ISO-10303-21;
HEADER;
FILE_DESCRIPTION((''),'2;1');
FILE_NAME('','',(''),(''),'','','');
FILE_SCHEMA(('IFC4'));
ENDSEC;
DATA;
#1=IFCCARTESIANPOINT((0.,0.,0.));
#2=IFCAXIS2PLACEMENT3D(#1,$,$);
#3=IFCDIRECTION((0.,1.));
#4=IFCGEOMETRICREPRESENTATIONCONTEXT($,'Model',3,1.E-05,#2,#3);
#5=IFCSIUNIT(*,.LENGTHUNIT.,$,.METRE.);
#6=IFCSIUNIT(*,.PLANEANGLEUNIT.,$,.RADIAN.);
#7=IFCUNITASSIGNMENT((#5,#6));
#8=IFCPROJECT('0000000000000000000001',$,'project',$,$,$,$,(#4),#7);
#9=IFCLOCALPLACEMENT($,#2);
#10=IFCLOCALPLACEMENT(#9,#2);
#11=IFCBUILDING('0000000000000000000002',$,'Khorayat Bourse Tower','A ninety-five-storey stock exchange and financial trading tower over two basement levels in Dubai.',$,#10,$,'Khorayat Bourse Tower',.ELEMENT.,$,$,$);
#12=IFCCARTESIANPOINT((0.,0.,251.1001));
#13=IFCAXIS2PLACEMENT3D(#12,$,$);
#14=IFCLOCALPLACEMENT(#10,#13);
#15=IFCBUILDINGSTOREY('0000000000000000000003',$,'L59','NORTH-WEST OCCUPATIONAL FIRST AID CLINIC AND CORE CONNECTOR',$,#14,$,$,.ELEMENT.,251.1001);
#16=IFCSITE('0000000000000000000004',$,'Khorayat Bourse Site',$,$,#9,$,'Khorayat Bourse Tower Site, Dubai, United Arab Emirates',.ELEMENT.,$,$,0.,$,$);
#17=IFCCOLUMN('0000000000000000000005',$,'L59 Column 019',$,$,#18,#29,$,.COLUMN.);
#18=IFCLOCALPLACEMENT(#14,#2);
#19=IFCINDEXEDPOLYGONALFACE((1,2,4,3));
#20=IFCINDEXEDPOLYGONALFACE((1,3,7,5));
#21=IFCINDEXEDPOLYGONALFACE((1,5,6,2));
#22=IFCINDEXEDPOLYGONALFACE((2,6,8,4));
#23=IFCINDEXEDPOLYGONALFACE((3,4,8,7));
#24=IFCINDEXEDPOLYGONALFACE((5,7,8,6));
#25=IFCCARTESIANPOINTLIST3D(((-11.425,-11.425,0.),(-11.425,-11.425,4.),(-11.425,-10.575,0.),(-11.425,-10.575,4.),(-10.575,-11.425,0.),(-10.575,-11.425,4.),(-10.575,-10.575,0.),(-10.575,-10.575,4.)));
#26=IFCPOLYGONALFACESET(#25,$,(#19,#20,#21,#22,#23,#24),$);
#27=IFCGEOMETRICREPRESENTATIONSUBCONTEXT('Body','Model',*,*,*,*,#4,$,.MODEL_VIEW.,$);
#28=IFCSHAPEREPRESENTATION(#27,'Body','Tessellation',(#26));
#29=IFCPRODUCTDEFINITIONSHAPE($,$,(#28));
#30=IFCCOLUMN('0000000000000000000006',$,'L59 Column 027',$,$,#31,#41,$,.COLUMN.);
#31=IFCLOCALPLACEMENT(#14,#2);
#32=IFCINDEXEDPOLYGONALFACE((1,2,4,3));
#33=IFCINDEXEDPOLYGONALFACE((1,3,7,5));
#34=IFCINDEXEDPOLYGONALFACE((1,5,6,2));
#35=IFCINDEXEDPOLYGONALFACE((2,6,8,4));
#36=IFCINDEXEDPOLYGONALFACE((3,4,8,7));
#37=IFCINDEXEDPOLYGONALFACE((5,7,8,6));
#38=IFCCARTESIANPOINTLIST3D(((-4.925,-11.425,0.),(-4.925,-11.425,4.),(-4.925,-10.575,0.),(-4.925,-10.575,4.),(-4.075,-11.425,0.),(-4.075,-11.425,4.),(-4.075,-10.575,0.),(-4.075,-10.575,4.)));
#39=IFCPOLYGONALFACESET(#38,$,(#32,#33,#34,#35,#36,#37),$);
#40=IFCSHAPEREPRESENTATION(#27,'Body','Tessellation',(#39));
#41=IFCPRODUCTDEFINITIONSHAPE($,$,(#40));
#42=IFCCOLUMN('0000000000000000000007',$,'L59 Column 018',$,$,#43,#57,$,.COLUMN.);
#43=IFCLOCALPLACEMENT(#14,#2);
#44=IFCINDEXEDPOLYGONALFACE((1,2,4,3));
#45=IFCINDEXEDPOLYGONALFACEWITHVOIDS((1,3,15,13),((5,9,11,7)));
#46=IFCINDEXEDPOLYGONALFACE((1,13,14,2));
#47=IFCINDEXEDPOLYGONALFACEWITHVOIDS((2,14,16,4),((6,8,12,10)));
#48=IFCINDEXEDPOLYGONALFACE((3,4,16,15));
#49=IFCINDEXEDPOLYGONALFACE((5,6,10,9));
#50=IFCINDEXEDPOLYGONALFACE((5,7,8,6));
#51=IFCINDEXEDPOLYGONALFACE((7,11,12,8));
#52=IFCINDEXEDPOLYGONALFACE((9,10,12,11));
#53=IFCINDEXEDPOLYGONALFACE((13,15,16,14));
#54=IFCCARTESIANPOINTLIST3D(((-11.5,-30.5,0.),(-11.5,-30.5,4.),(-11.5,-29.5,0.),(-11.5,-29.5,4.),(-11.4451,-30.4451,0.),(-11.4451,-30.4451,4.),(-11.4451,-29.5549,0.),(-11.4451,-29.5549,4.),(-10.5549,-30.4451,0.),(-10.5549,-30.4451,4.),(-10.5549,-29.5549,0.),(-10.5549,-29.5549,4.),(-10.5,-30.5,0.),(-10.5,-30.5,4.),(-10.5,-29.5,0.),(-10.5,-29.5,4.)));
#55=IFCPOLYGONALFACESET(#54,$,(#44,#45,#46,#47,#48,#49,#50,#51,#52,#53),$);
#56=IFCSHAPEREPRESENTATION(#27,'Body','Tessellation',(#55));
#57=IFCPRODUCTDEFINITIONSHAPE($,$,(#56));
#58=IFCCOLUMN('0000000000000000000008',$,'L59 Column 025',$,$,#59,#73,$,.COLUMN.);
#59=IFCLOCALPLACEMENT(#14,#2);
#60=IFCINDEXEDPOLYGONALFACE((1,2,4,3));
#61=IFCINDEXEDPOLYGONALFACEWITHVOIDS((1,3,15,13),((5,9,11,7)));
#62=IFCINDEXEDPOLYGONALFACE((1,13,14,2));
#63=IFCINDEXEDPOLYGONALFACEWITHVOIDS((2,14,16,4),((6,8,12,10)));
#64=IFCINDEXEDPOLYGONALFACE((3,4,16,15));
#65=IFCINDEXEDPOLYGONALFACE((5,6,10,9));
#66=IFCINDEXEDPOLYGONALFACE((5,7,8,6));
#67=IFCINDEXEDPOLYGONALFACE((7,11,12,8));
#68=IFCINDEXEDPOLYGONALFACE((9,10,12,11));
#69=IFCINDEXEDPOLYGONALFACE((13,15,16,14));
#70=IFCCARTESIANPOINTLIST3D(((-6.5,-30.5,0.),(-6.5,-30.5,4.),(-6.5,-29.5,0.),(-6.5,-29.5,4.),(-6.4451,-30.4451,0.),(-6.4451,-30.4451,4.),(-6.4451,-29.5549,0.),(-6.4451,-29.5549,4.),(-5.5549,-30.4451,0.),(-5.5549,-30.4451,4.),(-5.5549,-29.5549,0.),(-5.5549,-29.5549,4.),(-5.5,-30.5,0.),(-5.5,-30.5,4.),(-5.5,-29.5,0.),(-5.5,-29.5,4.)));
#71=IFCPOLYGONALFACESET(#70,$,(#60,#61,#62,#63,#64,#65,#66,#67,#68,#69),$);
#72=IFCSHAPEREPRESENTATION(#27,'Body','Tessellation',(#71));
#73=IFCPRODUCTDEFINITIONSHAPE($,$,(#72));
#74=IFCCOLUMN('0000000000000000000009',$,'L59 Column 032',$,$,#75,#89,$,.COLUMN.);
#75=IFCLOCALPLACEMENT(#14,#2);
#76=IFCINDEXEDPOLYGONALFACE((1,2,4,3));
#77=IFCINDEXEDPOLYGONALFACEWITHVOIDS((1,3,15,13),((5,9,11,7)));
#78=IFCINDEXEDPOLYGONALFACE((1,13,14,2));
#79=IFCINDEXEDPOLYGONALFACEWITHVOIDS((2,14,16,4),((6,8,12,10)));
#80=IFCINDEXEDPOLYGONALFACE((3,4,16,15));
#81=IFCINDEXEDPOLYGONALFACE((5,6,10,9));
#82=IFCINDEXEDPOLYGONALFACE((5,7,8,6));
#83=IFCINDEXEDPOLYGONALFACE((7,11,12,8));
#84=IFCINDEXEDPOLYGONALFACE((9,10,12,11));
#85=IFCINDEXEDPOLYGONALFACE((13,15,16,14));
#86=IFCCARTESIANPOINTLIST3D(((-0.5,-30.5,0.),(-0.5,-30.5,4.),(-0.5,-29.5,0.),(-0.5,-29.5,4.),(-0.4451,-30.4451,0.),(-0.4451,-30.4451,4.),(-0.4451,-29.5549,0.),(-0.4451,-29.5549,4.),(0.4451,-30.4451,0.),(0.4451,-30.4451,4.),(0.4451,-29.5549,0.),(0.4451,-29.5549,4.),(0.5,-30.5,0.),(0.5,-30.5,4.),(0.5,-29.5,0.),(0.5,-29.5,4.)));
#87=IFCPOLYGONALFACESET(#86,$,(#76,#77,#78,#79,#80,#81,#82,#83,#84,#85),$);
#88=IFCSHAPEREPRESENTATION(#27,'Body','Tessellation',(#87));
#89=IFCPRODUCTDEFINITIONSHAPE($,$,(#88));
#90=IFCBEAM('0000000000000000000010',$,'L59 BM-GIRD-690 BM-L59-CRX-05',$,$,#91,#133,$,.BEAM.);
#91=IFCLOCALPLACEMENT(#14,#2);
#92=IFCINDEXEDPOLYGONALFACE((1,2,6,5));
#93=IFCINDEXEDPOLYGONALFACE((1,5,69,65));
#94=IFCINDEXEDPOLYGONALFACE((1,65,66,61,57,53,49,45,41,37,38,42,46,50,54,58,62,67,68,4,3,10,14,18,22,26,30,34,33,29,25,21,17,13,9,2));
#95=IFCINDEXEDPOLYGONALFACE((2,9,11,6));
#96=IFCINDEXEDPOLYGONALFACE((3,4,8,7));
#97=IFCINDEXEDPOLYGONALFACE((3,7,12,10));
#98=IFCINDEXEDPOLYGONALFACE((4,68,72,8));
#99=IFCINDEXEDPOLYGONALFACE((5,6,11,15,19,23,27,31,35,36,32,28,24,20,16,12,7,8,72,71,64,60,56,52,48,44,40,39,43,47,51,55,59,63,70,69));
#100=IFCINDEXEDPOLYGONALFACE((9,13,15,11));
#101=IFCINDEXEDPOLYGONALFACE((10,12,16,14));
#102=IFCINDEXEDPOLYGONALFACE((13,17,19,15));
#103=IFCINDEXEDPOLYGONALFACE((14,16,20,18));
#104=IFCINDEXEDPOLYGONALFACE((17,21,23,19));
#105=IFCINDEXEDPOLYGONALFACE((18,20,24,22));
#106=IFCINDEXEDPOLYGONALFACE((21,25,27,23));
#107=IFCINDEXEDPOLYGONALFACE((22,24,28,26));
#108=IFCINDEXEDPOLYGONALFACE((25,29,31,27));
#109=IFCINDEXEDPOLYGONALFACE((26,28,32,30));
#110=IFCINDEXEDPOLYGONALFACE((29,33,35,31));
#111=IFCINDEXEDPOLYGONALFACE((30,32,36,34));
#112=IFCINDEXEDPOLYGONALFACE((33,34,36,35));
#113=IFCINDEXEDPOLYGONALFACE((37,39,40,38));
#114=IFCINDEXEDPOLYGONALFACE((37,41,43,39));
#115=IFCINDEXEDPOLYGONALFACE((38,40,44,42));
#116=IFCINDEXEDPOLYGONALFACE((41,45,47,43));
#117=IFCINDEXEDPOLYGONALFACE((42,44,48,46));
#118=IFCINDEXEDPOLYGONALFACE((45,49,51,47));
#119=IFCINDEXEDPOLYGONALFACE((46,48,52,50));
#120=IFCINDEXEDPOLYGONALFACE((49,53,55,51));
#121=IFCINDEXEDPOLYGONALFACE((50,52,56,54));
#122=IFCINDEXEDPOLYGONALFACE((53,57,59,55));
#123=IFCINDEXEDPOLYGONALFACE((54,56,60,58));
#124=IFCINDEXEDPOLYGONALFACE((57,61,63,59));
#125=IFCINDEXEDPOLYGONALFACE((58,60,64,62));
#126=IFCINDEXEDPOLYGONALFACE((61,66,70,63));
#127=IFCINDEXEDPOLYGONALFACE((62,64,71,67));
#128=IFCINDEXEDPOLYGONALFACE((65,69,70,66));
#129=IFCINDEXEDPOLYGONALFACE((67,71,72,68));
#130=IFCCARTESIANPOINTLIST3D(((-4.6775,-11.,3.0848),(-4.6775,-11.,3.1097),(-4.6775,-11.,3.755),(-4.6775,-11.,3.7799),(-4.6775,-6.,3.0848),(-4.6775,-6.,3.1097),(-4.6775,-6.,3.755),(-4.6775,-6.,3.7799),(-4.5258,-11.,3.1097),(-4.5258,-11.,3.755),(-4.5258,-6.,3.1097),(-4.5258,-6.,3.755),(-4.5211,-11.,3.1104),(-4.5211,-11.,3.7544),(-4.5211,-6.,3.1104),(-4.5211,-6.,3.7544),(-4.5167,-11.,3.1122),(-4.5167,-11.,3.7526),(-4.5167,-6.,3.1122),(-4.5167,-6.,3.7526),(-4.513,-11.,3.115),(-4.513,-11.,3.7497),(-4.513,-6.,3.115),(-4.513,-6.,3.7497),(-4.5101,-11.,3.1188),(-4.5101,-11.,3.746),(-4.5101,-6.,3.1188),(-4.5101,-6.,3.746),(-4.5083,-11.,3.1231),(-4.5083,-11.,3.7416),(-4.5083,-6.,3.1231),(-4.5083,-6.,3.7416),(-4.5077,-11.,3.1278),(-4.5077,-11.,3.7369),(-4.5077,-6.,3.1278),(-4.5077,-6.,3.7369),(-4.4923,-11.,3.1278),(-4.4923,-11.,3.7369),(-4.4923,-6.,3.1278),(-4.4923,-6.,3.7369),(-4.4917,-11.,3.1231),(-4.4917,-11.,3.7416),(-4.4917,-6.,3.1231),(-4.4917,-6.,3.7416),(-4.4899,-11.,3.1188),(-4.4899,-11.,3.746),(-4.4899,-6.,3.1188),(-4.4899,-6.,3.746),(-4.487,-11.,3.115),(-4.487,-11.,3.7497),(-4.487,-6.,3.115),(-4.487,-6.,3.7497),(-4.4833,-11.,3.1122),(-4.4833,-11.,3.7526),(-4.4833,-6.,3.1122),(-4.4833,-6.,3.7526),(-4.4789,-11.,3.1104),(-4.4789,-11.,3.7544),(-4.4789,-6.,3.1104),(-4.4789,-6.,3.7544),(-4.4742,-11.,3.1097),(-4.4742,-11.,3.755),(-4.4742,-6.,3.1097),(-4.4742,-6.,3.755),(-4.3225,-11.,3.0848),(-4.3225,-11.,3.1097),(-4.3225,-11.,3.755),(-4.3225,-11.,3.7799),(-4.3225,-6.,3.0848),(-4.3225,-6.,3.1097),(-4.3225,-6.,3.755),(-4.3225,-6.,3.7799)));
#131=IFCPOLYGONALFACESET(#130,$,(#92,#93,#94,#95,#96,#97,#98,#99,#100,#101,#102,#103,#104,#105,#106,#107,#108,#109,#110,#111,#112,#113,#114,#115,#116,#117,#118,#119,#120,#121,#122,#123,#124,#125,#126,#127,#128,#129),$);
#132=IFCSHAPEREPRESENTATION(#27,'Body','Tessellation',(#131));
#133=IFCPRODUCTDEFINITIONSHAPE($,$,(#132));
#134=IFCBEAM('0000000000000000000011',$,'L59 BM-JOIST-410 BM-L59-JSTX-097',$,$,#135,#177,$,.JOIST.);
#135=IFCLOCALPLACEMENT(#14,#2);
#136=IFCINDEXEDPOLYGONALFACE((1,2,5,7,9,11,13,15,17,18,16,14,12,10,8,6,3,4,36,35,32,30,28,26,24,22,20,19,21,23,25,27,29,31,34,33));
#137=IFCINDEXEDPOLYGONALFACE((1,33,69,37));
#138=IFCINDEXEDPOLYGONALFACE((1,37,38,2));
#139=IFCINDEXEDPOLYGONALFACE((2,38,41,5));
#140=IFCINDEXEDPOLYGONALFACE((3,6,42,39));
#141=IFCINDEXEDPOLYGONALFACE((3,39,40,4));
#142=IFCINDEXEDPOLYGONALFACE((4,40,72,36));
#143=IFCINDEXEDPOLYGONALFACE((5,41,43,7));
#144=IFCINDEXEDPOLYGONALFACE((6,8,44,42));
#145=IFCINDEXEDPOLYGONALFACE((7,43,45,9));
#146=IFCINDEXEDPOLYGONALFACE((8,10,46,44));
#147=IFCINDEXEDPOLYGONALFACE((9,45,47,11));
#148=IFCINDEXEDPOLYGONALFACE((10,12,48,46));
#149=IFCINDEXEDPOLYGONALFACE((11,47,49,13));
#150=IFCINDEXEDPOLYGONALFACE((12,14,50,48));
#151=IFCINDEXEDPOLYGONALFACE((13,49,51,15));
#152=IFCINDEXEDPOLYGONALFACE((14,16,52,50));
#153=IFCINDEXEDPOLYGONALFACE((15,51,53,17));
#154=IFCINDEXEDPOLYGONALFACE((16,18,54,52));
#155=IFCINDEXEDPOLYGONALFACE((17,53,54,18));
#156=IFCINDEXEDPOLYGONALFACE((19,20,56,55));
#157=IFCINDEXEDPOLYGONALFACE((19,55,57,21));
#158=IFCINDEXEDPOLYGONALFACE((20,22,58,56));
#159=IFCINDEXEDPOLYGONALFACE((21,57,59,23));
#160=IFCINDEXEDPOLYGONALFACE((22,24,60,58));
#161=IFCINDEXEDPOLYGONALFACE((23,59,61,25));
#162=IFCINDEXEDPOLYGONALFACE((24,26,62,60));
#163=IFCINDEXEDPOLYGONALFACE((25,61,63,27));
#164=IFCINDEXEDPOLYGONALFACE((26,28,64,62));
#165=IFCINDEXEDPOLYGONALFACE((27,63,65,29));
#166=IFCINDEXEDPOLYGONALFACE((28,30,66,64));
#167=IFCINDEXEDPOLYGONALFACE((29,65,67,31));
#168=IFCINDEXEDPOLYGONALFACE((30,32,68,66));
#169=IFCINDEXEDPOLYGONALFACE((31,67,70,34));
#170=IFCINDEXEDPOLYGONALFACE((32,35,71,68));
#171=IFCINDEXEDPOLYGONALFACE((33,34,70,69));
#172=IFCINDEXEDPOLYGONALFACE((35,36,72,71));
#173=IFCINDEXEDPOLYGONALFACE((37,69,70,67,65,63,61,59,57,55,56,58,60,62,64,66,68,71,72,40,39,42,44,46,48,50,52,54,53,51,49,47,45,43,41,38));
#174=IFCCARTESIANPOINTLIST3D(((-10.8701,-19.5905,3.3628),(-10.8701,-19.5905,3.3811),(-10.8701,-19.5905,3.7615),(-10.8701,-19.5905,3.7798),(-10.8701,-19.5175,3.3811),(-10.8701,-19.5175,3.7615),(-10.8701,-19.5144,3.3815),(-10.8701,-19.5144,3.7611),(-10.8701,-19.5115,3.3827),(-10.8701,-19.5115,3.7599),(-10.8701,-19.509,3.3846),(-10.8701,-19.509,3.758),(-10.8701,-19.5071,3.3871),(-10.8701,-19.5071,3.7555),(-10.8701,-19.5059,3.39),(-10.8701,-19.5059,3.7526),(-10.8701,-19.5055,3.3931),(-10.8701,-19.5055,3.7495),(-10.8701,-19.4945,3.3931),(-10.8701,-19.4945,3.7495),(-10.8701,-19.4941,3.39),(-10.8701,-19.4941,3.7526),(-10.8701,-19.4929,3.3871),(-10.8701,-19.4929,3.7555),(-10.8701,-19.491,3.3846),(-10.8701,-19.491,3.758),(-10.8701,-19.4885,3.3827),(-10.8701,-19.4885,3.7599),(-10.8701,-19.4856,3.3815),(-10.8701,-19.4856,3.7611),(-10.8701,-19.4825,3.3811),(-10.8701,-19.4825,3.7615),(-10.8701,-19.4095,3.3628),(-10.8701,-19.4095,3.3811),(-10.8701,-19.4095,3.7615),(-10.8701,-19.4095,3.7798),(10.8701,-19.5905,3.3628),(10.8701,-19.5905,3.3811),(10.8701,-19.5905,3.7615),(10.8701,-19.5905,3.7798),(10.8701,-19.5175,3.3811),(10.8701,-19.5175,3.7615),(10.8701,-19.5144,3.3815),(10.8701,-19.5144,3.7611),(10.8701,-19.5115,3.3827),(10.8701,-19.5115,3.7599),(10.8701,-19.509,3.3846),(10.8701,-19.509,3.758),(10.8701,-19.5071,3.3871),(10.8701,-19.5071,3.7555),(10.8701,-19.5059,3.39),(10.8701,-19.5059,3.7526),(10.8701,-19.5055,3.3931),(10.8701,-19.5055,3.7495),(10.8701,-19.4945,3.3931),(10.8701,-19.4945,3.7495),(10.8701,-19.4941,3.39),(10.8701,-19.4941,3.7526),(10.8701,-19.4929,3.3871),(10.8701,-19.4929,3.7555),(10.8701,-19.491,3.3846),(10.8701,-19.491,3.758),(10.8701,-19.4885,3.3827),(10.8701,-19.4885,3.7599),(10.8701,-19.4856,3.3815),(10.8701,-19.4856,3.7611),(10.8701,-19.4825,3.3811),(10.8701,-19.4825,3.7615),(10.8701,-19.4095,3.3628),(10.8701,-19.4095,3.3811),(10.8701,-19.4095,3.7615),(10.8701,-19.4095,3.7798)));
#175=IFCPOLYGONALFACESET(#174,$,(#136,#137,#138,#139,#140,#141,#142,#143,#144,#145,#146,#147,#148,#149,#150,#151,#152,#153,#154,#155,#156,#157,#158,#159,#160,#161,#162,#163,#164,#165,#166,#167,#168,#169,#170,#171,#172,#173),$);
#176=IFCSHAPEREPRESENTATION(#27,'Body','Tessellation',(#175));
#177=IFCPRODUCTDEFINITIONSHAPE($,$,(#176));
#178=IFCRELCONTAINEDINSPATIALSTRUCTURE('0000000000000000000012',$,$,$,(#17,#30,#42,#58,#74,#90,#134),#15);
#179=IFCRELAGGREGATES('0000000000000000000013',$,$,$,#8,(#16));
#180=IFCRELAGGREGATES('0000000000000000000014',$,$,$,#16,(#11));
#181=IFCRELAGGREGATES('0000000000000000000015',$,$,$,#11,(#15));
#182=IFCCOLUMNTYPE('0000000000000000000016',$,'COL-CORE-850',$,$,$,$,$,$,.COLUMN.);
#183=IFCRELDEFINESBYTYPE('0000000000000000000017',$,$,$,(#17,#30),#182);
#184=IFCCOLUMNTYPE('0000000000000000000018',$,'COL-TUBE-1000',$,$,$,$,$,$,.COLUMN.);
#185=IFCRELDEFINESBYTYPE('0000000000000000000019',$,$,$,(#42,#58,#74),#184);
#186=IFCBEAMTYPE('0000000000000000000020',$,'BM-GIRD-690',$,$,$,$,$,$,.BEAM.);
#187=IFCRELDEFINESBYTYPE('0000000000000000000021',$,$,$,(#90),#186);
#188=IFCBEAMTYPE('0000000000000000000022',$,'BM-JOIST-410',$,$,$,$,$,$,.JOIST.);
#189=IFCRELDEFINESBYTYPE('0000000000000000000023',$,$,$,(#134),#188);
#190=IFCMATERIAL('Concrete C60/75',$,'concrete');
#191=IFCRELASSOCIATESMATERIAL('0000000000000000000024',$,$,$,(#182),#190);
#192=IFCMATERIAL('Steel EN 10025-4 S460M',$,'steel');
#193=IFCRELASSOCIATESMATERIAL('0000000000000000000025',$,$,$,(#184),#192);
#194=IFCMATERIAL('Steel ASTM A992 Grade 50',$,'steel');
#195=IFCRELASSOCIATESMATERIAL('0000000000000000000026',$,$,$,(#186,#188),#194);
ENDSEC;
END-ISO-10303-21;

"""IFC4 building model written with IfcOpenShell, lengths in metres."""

from ifc_helpers import new_model, si_unit, direction, frame, origin, origin_2d, place, context, subcontext, project, spatial, rectangle, hollow_rectangle, i_section, extrude, source, transform, mapped, material, material_profile, profile_set, type_object, element, save


model = new_model("IFC4")

# Units and contexts
model_context = context("Model", 3, precision=1e-05, world=origin(), true_north=direction((0.0, 1.0)))
body_context = subcontext(model_context, "Body", "Model", "MODEL_VIEW")
ifc_project = project(units=[si_unit("LENGTHUNIT", "METRE"), si_unit("PLANEANGLEUNIT", "RADIAN")], contexts=[model_context])

# Site, building, storey
site_placement = place(None, origin())
site = spatial("IfcSite", under=ifc_project, at=site_placement, Name="Khorayat Bourse Site", LongName="Khorayat Bourse Tower Site, Dubai, United Arab Emirates", CompositionType="ELEMENT", RefElevation=0.0)
building_placement = place(site_placement, origin())
building = spatial("IfcBuilding", under=site, at=building_placement, Name="Khorayat Bourse Tower", Description="A ninety-five-storey stock exchange and financial trading tower over two basement levels in Dubai.", LongName="Khorayat Bourse Tower", CompositionType="ELEMENT")
storey_placement = place(building_placement, frame((0.0, 0.0, 251.1001)))
storey = spatial("IfcBuildingStorey", under=building, at=storey_placement, Name="L59", Description="NORTH-WEST OCCUPATIONAL FIRST AID CLINIC AND CORE CONNECTOR", CompositionType="ELEMENT", Elevation=251.1001)

# Columns
ifc_material_1 = material(Name="Concrete C60/75", Category="concrete")
ifc_material_profile_1 = material_profile(ifc_material_1, rectangle(XDim=0.8501, YDim=0.8501, at=origin_2d()), Name="RC 850x850")
ifc_profile_set_1 = profile_set([ifc_material_profile_1], Name="Concrete C60/75")
column_type_1 = type_object("IfcColumnType", Name="COL-CORE-850", PredefinedType="COLUMN", material=ifc_profile_set_1)
shared_shape_1 = source(origin(), body_context, "Body", "SweptSolid", [
    extrude(rectangle(XDim=0.8501, YDim=0.8501, at=origin_2d()), origin(), (0.0, 0.0, 1.0), 4.0),
])
for number, where, z_axis, x_axis, name in (
    (1, (-11.0, -11.0, 0.0), (0.0, 0.0, 1.0), (1.0, 0.0, 0.0), "L59 Column 019"),
    (2, (-4.5, -11.0, 0.0), (0.0, 0.0, 1.0), (1.0, 0.0, 0.0), "L59 Column 027"),
):
    element("IfcColumn", number, at=place(storey_placement, frame(where, z_axis=z_axis, x_axis=x_axis)), inside=storey, type_object=column_type_1, Name=name, PredefinedType="COLUMN", context=body_context, shape_type="MappedRepresentation", body=[
        mapped(shared_shape_1, transform((0.0, 0.0, 0.0), scale=1.0)),
    ])
ifc_material_2 = material(Name="Steel EN 10025-4 S460M", Category="steel")
ifc_material_profile_2 = material_profile(ifc_material_2, hollow_rectangle(XDim=1.0, YDim=1.0, WallThickness=0.0549, at=origin_2d()), Name="BOX 1000x1000x55")
ifc_profile_set_2 = profile_set([ifc_material_profile_2], Name="Steel EN 10025-4 S460M")
column_type_2 = type_object("IfcColumnType", Name="COL-TUBE-1000", PredefinedType="COLUMN", material=ifc_profile_set_2)
shared_shape_2 = source(origin(), body_context, "Body", "SweptSolid", [
    extrude(hollow_rectangle(XDim=1.0, YDim=1.0, WallThickness=0.0549, at=origin_2d()), origin(), (0.0, 0.0, 1.0), 4.0),
])
for number, where, z_axis, x_axis, name in (
    (3, (-11.0, -30.0, 0.0), (0.0, 0.0, 1.0), (1.0, 0.0, 0.0), "L59 Column 018"),
    (4, (-6.0, -30.0, 0.0), (0.0, 0.0, 1.0), (1.0, 0.0, 0.0), "L59 Column 025"),
    (5, (0.0, -30.0, 0.0), (0.0, 0.0, 1.0), (1.0, 0.0, 0.0), "L59 Column 032"),
):
    element("IfcColumn", number, at=place(storey_placement, frame(where, z_axis=z_axis, x_axis=x_axis)), inside=storey, type_object=column_type_2, Name=name, PredefinedType="COLUMN", context=body_context, shape_type="MappedRepresentation", body=[
        mapped(shared_shape_2, transform((0.0, 0.0, 0.0), scale=1.0)),
    ])

# Beams
ifc_material_3 = material(Name="Steel ASTM A992 Grade 50", Category="steel")
ifc_material_profile_3 = material_profile(ifc_material_3, i_section(OverallWidth=0.355, OverallDepth=0.6951, WebThickness=0.0154, FlangeThickness=0.0249, FilletRadius=0.0181, at=origin_2d()), Name="W690X217")
ifc_profile_set_3 = profile_set([ifc_material_profile_3], Name="Steel ASTM A992 Grade 50")
beam_type_1 = type_object("IfcBeamType", Name="BM-GIRD-690", PredefinedType="BEAM", material=ifc_profile_set_3)
shared_shape_3 = source(origin(), body_context, "Body", "SweptSolid", [
    extrude(i_section(OverallWidth=0.355, OverallDepth=0.6951, WebThickness=0.0154, FlangeThickness=0.0249, FilletRadius=0.0181, at=origin_2d()), origin(), (0.0, 0.0, 1.0), 5.0),
])
beam_1_placement = place(storey_placement, frame((-4.5, -11.0, 3.4324), z_axis=(0.0, 1.0, 0.0), x_axis=(-1.0, 0.0, 0.0)))
element("IfcBeam", 6, at=beam_1_placement, inside=storey, type_object=beam_type_1, Name="L59 BM-GIRD-690 BM-L59-CRX-05", PredefinedType="BEAM", context=body_context, shape_type="MappedRepresentation", body=[
    mapped(shared_shape_3, transform((0.0, 0.0, 0.0), scale=1.0)),
])
ifc_material_profile_4 = material_profile(ifc_material_3, i_section(OverallWidth=0.1809, OverallDepth=0.417, WebThickness=0.011, FlangeThickness=0.0183, FilletRadius=0.012, at=origin_2d()), Name="W410X85")
ifc_profile_set_4 = profile_set([ifc_material_profile_4], Name="Steel ASTM A992 Grade 50")
beam_type_2 = type_object("IfcBeamType", Name="BM-JOIST-410", PredefinedType="JOIST", material=ifc_profile_set_4)
shared_shape_4 = source(origin(), body_context, "Body", "SweptSolid", [
    extrude(i_section(OverallWidth=0.1809, OverallDepth=0.417, WebThickness=0.011, FlangeThickness=0.0183, FilletRadius=0.012, at=origin_2d()), origin(), (0.0, 0.0, 1.0), 21.7402),
])
beam_2_placement = place(storey_placement, frame((-10.8701, -19.5, 3.5713), z_axis=(1.0, 0.0, 0.0), x_axis=(0.0, 1.0, 0.0)))
element("IfcBeam", 7, at=beam_2_placement, inside=storey, type_object=beam_type_2, Name="L59 BM-JOIST-410 BM-L59-JSTX-097", PredefinedType="JOIST", context=body_context, shape_type="MappedRepresentation", body=[
    mapped(shared_shape_4, transform((0.0, 0.0, 0.0), scale=1.0)),
])

save(model, "model.ifc")
